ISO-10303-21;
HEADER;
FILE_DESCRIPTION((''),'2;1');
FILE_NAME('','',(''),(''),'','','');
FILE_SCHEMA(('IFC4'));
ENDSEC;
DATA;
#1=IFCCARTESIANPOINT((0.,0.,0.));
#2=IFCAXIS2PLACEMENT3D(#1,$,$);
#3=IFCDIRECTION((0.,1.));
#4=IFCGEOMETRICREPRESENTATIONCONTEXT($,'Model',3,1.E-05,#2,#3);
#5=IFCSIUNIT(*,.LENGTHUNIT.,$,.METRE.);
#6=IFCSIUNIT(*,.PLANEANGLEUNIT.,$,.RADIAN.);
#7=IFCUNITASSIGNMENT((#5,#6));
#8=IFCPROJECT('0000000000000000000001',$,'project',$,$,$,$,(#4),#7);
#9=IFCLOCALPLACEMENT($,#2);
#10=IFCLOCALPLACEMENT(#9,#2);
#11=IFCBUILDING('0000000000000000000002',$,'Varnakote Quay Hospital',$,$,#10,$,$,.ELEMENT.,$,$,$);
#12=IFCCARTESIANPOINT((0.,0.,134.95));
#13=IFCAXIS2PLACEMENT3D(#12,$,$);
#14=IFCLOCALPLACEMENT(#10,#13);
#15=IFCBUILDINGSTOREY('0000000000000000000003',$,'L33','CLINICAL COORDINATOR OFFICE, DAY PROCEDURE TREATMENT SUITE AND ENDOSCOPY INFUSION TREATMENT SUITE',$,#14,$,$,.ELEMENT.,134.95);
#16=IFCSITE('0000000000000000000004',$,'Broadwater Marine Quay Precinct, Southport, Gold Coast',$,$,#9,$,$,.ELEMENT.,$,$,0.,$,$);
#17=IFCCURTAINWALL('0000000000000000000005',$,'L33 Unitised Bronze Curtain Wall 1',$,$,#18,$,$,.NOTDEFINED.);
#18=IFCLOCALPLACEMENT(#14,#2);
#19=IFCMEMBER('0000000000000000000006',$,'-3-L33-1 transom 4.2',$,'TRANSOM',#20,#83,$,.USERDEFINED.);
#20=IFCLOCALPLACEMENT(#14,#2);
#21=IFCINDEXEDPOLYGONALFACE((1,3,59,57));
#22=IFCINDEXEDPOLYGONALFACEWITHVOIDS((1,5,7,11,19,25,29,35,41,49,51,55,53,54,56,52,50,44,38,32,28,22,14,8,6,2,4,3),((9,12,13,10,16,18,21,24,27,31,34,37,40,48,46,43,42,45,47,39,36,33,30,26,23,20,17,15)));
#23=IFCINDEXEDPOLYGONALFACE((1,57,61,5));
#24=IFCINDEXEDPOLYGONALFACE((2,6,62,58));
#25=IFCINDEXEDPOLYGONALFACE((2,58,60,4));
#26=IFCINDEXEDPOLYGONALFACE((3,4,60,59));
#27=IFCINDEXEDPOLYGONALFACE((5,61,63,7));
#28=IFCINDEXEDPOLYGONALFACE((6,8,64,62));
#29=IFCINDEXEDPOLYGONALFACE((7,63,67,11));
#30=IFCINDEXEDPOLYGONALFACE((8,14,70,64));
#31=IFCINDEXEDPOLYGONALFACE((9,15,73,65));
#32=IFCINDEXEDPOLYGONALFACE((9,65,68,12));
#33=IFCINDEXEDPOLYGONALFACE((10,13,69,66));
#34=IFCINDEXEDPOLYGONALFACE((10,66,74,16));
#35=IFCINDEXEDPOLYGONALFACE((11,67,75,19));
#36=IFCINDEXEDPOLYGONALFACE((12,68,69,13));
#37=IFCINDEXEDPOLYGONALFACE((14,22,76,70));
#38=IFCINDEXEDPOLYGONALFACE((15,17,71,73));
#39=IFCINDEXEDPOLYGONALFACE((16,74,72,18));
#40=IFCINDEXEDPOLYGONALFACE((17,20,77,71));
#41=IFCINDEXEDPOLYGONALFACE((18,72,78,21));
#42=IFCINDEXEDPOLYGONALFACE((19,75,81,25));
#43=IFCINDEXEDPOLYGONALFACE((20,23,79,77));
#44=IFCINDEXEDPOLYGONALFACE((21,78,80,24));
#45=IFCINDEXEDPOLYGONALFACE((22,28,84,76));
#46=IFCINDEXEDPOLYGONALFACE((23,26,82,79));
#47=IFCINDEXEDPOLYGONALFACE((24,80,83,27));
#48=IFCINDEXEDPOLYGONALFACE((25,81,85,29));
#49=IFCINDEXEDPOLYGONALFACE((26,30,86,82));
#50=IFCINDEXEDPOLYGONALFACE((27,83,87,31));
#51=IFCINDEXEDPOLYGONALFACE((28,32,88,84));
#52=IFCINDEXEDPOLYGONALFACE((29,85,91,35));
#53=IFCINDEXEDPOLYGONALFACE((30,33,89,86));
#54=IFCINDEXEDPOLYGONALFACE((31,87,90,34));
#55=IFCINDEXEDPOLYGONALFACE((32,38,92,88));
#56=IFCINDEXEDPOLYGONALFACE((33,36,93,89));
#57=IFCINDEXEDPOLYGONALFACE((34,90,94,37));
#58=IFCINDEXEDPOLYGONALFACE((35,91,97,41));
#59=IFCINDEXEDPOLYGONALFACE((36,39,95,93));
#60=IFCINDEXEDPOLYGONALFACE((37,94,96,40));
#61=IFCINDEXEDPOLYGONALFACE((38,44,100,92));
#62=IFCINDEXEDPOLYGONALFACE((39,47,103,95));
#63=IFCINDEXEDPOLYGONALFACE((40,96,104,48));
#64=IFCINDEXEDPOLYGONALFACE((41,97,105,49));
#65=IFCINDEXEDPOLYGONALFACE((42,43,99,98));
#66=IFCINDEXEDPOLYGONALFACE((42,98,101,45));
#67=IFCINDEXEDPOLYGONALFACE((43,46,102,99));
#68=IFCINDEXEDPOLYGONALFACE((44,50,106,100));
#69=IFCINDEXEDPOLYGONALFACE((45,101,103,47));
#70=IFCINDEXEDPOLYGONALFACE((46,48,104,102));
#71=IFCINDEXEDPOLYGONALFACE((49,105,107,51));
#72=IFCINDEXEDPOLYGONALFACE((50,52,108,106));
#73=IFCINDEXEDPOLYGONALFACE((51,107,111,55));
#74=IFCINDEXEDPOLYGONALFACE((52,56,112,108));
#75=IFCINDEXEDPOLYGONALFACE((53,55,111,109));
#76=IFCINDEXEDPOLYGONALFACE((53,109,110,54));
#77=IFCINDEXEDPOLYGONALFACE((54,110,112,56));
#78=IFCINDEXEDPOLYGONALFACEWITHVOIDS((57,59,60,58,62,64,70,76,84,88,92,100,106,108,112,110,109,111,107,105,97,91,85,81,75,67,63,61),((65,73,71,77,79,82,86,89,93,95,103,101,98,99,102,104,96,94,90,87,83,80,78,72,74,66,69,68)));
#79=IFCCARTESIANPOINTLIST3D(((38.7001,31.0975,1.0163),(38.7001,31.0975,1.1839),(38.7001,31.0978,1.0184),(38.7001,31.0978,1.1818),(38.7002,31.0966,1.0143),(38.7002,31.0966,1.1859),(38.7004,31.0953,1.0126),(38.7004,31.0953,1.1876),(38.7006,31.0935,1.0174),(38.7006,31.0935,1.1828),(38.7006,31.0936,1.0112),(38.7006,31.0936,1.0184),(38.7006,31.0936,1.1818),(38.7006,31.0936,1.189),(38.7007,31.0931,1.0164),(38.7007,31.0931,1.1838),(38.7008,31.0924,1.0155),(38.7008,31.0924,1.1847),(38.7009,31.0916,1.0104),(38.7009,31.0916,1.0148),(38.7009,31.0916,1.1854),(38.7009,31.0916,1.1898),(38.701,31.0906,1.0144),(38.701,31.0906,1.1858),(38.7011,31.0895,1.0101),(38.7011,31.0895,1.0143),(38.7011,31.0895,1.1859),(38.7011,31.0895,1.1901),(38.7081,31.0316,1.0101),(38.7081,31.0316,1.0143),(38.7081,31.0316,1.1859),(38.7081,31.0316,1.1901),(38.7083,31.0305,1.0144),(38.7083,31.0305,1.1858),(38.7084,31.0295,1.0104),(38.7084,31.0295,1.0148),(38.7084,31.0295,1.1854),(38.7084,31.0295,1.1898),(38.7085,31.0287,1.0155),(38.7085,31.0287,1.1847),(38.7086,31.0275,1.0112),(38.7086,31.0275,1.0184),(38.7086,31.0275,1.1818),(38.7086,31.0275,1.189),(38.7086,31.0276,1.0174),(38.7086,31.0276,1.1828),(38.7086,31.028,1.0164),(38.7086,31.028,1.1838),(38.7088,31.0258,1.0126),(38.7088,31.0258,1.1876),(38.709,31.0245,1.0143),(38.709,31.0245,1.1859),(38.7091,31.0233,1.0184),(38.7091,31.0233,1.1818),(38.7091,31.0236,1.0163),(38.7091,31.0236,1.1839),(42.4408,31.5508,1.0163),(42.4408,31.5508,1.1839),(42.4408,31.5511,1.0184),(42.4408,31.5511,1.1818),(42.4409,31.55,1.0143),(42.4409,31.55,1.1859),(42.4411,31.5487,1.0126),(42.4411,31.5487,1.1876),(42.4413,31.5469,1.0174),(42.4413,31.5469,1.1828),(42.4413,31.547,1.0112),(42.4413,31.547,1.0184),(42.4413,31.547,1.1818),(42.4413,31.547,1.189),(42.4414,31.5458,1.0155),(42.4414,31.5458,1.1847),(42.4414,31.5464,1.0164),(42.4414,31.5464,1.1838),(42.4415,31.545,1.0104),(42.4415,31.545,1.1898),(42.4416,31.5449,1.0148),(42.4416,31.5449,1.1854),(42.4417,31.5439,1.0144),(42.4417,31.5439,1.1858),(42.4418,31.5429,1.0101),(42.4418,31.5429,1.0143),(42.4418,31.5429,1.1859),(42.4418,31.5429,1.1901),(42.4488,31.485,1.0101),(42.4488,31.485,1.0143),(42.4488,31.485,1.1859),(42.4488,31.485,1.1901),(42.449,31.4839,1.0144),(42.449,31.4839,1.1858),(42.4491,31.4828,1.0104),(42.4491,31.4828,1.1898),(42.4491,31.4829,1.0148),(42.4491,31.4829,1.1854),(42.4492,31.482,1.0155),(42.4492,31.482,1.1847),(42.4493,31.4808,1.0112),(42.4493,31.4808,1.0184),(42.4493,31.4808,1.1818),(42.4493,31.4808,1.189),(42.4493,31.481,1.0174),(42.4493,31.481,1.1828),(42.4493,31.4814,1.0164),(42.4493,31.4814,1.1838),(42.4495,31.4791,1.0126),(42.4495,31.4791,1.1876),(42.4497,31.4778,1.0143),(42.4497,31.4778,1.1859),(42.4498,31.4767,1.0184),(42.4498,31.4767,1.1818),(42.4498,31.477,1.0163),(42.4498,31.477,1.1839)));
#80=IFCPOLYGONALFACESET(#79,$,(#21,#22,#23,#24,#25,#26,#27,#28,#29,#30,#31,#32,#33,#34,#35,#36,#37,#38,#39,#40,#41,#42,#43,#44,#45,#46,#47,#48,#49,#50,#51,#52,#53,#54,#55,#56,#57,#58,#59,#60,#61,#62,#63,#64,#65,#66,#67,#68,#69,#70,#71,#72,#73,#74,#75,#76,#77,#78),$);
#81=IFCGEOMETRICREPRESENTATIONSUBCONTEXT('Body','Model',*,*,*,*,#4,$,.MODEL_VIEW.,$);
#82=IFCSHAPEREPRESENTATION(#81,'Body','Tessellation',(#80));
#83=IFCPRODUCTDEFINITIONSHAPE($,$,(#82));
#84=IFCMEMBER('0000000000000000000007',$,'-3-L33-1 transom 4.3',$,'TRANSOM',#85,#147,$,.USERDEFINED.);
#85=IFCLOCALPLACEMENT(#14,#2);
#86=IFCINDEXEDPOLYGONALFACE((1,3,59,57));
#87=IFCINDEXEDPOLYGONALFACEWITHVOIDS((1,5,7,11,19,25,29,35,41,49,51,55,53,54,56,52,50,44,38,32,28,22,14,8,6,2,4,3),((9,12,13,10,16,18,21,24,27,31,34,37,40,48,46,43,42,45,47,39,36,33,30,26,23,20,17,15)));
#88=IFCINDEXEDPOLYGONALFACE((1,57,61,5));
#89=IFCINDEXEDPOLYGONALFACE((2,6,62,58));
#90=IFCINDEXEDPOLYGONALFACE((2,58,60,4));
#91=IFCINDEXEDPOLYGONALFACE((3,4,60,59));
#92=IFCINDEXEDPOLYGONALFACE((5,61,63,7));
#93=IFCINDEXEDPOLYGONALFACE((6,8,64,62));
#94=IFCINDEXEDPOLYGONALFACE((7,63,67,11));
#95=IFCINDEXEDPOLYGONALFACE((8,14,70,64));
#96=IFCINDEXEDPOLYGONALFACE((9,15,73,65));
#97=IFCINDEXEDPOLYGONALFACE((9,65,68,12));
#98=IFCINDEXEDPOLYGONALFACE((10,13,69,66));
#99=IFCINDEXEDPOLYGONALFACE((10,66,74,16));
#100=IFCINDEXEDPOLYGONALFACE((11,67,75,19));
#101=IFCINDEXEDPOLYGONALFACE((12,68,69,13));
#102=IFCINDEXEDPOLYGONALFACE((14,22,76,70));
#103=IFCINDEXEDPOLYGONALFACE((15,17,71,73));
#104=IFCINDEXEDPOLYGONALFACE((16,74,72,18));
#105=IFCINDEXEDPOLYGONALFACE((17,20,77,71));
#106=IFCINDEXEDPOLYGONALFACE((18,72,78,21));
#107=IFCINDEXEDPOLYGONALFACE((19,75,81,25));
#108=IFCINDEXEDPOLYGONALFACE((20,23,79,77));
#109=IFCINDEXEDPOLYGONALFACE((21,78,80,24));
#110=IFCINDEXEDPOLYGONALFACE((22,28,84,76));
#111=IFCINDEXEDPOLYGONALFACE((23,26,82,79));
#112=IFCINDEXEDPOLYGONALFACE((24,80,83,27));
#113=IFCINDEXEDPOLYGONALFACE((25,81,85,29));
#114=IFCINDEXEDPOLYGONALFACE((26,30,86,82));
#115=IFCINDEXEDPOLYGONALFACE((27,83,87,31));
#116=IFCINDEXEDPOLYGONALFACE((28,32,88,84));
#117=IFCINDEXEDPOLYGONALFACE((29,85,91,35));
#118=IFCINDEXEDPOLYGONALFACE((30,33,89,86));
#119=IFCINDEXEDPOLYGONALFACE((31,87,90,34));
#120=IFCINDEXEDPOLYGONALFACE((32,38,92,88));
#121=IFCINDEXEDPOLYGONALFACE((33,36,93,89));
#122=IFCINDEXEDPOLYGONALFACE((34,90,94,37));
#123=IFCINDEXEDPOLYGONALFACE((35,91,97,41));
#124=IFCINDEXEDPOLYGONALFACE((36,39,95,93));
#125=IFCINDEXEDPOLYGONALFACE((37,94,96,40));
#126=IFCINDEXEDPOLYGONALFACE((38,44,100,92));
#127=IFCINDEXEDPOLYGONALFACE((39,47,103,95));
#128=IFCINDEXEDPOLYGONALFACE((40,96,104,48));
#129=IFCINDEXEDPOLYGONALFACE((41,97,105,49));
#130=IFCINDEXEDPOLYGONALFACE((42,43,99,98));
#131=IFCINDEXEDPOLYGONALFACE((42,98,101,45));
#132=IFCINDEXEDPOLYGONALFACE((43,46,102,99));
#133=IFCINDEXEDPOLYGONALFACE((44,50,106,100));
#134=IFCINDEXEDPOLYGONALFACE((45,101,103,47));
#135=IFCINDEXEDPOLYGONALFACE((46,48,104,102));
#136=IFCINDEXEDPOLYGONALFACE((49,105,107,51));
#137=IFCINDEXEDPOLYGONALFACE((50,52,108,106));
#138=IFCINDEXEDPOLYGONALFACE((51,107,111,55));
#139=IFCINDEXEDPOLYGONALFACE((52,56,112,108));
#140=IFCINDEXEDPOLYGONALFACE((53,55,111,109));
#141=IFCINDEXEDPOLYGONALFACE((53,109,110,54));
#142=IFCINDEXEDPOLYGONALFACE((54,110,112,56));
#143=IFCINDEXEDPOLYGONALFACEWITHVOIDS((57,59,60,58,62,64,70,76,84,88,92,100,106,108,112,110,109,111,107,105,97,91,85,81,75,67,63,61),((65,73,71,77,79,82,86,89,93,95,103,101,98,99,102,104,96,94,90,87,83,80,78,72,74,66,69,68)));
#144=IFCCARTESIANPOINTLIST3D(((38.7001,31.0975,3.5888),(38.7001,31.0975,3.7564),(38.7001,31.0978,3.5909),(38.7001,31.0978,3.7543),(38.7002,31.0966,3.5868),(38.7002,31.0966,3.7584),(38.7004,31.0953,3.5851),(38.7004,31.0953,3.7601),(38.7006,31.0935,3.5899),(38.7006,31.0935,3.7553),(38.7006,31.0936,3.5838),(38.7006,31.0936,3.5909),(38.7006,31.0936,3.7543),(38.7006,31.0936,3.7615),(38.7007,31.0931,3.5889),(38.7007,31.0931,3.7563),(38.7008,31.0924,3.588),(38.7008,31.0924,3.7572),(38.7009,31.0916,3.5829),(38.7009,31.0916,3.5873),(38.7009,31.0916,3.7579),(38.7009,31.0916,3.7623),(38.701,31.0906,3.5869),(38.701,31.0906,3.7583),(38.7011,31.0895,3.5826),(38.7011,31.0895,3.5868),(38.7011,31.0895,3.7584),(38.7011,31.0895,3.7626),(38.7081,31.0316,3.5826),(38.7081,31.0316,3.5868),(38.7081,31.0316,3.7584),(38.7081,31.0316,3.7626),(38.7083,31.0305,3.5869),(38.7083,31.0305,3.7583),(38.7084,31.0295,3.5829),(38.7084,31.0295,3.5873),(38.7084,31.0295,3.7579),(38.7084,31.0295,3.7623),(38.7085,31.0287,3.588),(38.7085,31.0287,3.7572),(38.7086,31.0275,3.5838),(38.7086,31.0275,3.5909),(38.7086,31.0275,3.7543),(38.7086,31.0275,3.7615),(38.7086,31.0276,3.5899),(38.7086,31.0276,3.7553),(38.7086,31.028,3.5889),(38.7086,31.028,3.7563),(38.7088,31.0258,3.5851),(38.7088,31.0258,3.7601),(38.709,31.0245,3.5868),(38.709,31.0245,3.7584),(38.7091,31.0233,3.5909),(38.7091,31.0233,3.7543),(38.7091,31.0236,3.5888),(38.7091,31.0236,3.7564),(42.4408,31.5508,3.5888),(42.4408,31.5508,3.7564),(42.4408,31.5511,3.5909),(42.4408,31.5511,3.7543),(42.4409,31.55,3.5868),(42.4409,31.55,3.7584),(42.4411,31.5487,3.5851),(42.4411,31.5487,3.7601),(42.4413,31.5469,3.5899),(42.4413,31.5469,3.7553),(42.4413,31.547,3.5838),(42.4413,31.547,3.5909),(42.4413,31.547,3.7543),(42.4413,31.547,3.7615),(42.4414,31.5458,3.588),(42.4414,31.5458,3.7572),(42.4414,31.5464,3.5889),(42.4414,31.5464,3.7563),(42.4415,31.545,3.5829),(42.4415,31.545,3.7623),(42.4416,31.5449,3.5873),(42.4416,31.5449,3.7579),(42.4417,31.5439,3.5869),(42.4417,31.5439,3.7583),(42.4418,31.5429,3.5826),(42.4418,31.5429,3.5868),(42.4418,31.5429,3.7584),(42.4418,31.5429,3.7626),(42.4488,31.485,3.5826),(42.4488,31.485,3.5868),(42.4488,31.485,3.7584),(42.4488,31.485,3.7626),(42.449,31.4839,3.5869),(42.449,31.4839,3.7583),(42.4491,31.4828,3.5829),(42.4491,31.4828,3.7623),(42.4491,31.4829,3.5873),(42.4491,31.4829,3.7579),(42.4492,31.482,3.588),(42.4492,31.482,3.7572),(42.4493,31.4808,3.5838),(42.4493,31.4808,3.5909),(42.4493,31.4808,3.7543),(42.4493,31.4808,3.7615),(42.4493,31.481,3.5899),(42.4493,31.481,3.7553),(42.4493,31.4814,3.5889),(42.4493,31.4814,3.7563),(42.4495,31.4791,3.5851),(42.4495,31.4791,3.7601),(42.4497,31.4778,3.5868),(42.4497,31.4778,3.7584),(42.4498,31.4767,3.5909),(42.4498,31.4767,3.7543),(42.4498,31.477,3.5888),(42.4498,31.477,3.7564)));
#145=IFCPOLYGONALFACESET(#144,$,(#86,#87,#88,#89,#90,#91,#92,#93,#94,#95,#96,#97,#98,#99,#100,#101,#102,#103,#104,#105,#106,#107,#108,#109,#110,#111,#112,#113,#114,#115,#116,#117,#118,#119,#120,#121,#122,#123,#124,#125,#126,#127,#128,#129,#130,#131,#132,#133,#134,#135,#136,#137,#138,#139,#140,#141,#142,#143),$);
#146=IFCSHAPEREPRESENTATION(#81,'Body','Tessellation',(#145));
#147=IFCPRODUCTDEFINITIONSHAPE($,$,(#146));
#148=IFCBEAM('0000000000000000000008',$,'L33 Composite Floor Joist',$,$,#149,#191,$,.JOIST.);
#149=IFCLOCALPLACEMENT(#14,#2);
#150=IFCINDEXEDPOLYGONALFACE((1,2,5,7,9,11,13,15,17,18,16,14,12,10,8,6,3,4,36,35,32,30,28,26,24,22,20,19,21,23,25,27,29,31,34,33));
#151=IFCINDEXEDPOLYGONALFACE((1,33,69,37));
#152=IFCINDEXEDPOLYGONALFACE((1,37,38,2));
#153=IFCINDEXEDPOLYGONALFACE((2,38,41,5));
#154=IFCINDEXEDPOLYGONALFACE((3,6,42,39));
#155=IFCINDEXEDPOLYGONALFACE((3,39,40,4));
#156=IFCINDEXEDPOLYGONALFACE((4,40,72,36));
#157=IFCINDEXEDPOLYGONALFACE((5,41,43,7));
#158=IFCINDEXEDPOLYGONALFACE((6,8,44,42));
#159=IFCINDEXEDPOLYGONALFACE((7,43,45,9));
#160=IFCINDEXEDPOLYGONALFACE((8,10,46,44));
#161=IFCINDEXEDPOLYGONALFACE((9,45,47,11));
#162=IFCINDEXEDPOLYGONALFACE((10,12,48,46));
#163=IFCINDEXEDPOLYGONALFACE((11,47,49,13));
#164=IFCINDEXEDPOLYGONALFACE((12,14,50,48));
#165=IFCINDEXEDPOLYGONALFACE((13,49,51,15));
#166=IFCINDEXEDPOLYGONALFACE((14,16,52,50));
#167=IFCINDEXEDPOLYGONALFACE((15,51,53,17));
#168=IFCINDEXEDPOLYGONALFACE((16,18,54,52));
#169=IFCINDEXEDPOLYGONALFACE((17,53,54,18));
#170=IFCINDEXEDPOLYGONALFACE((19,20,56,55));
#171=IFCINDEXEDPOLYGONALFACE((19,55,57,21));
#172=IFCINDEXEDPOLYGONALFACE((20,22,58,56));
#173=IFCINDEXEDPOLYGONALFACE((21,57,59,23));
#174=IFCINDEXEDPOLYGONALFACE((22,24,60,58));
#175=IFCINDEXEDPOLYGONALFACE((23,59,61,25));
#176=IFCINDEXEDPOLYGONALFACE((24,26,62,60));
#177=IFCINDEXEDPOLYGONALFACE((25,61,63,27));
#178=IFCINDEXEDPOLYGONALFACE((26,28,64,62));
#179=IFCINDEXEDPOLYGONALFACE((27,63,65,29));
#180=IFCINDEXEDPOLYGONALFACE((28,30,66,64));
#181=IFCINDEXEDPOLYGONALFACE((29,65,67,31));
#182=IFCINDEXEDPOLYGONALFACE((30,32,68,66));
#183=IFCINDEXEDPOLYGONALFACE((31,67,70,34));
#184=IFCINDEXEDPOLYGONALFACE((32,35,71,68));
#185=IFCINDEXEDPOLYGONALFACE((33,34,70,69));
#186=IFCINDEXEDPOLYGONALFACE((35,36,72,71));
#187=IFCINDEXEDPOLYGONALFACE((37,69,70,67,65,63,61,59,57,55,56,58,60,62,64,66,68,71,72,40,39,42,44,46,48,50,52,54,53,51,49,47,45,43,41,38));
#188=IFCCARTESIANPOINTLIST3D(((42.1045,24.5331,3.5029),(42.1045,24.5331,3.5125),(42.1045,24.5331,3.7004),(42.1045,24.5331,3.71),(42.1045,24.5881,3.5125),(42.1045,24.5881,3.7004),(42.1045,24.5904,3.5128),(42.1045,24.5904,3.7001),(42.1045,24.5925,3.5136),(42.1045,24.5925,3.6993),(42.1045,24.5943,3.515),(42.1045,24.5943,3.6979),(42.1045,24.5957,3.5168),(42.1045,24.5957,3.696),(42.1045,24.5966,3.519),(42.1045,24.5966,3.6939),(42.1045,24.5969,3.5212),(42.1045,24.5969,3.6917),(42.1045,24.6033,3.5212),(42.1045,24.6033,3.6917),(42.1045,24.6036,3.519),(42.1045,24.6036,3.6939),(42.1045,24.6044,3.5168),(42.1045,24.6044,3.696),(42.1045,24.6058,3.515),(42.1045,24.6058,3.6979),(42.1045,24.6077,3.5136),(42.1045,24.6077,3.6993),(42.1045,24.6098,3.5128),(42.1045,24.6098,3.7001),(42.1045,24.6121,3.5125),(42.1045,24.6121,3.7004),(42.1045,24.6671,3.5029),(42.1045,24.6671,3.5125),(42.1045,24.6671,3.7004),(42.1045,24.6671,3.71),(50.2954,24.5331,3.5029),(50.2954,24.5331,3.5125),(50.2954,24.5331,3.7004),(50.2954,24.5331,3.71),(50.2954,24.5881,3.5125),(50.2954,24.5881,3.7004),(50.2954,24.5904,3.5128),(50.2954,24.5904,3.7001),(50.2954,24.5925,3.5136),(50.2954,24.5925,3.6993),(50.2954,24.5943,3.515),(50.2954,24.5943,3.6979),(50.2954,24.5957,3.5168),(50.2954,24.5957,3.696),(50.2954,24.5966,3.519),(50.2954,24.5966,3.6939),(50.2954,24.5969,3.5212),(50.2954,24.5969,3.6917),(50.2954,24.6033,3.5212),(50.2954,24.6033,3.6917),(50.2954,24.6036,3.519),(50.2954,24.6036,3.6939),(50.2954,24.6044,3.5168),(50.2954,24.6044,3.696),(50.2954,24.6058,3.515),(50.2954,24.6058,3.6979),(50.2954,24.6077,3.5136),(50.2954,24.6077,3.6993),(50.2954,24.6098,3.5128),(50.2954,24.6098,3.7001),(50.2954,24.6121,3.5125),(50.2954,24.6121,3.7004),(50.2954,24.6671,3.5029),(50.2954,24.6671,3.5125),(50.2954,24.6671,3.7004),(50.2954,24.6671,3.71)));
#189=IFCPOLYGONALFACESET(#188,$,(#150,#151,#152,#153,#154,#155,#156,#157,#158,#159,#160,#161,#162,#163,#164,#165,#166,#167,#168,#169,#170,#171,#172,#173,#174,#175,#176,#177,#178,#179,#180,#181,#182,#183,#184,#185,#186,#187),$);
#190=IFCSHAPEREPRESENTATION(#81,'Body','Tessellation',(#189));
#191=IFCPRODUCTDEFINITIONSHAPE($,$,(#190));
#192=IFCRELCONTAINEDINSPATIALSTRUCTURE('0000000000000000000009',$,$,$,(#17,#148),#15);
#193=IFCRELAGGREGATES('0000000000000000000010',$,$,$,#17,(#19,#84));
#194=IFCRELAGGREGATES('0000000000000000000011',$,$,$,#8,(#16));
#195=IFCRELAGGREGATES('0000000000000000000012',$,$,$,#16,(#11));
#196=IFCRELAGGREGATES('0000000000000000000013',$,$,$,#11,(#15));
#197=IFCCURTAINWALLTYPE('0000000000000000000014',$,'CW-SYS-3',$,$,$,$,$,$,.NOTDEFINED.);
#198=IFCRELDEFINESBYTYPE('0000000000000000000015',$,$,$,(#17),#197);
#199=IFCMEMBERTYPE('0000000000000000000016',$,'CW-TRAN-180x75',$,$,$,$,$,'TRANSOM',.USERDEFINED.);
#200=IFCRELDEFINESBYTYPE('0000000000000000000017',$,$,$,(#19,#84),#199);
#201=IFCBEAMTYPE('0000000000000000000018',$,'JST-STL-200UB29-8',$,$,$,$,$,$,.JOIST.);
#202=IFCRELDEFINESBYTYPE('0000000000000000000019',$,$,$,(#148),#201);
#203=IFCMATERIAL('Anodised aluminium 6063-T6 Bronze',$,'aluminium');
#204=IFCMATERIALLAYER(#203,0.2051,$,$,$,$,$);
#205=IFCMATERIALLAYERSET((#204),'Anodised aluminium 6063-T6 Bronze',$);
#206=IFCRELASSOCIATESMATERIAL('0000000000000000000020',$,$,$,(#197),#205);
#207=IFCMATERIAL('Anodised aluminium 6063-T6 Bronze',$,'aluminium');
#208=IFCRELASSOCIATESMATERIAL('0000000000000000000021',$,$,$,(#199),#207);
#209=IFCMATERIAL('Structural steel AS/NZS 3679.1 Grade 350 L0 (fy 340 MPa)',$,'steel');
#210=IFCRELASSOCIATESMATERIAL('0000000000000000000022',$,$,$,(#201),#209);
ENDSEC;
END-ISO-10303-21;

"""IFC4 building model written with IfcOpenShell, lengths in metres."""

from ifc_helpers import new_model, si_unit, direction, frame, origin, origin_2d, place, context, subcontext, project, spatial, hollow_rectangle, i_section, extrude, material, layer, layer_set, material_profile, profile_set, type_object, element, aggregate, save


model = new_model("IFC4")

# Units and contexts
model_context = context("Model", 3, precision=1e-05, world=origin(), true_north=direction((0.0, 1.0)))
body_context = subcontext(model_context, "Body", "Model", "MODEL_VIEW")
ifc_project = project(units=[si_unit("LENGTHUNIT", "METRE"), si_unit("PLANEANGLEUNIT", "RADIAN")], contexts=[model_context])

# Site, building, storey
site_placement = place(None, origin())
site = spatial("IfcSite", under=ifc_project, at=site_placement, Name="Broadwater Marine Quay Precinct, Southport, Gold Coast", CompositionType="ELEMENT", RefElevation=0.0)
building_placement = place(site_placement, origin())
building = spatial("IfcBuilding", under=site, at=building_placement, Name="Varnakote Quay Hospital", CompositionType="ELEMENT")
storey_placement = place(building_placement, frame((0.0, 0.0, 134.95)))
storey = spatial("IfcBuildingStorey", under=building, at=storey_placement, Name="L33", Description="CLINICAL COORDINATOR OFFICE, DAY PROCEDURE TREATMENT SUITE AND ENDOSCOPY INFUSION TREATMENT SUITE", CompositionType="ELEMENT", Elevation=134.95)

# Curtain wall, members
ifc_material_1 = material(Name="Anodised aluminium 6063-T6 Bronze", Category="aluminium")
ifc_layer_1 = layer(ifc_material_1, 0.2051)
ifc_layer_set_1 = layer_set([ifc_layer_1], Name="Anodised aluminium 6063-T6 Bronze")
curtain_wall_type = type_object("IfcCurtainWallType", Name="CW-SYS-3", PredefinedType="NOTDEFINED", material=ifc_layer_set_1)
curtain_wall_placement = place(storey_placement, origin())
curtain_wall = element("IfcCurtainWall", 1, at=curtain_wall_placement, inside=storey, type_object=curtain_wall_type, Name="L33 Unitised Bronze Curtain Wall 1", PredefinedType="NOTDEFINED")
ifc_material_2 = material(Name="Anodised aluminium 6063-T6 Bronze", Category="aluminium")
ifc_material_profile_1 = material_profile(ifc_material_2, hollow_rectangle(XDim=0.075, YDim=0.1799, WallThickness=0.0042, InnerFilletRadius=0.0042, OuterFilletRadius=0.0083, at=origin_2d()), Name="CW-TRAN-180x75")
ifc_profile_set_1 = profile_set([ifc_material_profile_1], Name="Anodised aluminium 6063-T6 Bronze")
member_type_1 = type_object("IfcMemberType", Name="CW-TRAN-180x75", ElementType="TRANSOM", PredefinedType="USERDEFINED", material=ifc_profile_set_1)
member_1_placement = place(storey_placement, frame((42.4453, 31.5139, 1.1001), z_axis=(-0.992735, -0.120318, 0.0), x_axis=(0.120318, -0.992735, 0.0)))
member_1 = element("IfcMember", 2, at=member_1_placement, type_object=member_type_1, Name="-3-L33-1 transom 4.2", ObjectType="TRANSOM", PredefinedType="USERDEFINED", context=body_context, shape_type="SweptSolid", body=[
    extrude(hollow_rectangle(XDim=0.075, YDim=0.1799, WallThickness=0.0042, InnerFilletRadius=0.0042, OuterFilletRadius=0.0083, at=origin_2d()), origin(), (0.0, 0.0, 1.0), 3.7681),
])
member_2_placement = place(storey_placement, frame((42.4453, 31.5139, 3.6726), z_axis=(-0.992735, -0.120318, 0.0), x_axis=(0.120318, -0.992735, 0.0)))
member_2 = element("IfcMember", 3, at=member_2_placement, type_object=member_type_1, Name="-3-L33-1 transom 4.3", ObjectType="TRANSOM", PredefinedType="USERDEFINED", context=body_context, shape_type="SweptSolid", body=[
    extrude(hollow_rectangle(XDim=0.075, YDim=0.1799, WallThickness=0.0042, InnerFilletRadius=0.0042, OuterFilletRadius=0.0083, at=origin_2d()), origin(), (0.0, 0.0, 1.0), 3.7681),
])

# Beam
ifc_material_3 = material(Name="Structural steel AS/NZS 3679.1 Grade 350 L0 (fy 340 MPa)", Category="steel")
ifc_material_profile_2 = material_profile(ifc_material_3, i_section(OverallWidth=0.134, OverallDepth=0.207, WebThickness=0.0063, FlangeThickness=0.0095, FilletRadius=0.0088, at=origin_2d()), Name="200UB29.8")
ifc_profile_set_2 = profile_set([ifc_material_profile_2], Name="Structural steel AS/NZS 3679.1 Grade 350 L0 (fy 340 MPa)")
beam_type_1 = type_object("IfcBeamType", Name="JST-STL-200UB29-8", PredefinedType="JOIST", material=ifc_profile_set_2)
beam_1_placement = place(storey_placement, frame((42.1045, 24.6001, 3.6064), z_axis=(1.0, 0.0, 0.0), x_axis=(0.0, 1.0, 0.0)))
element("IfcBeam", 4, at=beam_1_placement, inside=storey, type_object=beam_type_1, Name="L33 Composite Floor Joist", PredefinedType="JOIST", context=body_context, shape_type="SweptSolid", body=[
    extrude(i_section(OverallWidth=0.134, OverallDepth=0.207, WebThickness=0.0063, FlangeThickness=0.0095, FilletRadius=0.0088, at=origin_2d()), origin(), (0.0, 0.0, 1.0), 8.1909),
])

aggregate(curtain_wall, [member_1, member_2])

save(model, "model.ifc")
